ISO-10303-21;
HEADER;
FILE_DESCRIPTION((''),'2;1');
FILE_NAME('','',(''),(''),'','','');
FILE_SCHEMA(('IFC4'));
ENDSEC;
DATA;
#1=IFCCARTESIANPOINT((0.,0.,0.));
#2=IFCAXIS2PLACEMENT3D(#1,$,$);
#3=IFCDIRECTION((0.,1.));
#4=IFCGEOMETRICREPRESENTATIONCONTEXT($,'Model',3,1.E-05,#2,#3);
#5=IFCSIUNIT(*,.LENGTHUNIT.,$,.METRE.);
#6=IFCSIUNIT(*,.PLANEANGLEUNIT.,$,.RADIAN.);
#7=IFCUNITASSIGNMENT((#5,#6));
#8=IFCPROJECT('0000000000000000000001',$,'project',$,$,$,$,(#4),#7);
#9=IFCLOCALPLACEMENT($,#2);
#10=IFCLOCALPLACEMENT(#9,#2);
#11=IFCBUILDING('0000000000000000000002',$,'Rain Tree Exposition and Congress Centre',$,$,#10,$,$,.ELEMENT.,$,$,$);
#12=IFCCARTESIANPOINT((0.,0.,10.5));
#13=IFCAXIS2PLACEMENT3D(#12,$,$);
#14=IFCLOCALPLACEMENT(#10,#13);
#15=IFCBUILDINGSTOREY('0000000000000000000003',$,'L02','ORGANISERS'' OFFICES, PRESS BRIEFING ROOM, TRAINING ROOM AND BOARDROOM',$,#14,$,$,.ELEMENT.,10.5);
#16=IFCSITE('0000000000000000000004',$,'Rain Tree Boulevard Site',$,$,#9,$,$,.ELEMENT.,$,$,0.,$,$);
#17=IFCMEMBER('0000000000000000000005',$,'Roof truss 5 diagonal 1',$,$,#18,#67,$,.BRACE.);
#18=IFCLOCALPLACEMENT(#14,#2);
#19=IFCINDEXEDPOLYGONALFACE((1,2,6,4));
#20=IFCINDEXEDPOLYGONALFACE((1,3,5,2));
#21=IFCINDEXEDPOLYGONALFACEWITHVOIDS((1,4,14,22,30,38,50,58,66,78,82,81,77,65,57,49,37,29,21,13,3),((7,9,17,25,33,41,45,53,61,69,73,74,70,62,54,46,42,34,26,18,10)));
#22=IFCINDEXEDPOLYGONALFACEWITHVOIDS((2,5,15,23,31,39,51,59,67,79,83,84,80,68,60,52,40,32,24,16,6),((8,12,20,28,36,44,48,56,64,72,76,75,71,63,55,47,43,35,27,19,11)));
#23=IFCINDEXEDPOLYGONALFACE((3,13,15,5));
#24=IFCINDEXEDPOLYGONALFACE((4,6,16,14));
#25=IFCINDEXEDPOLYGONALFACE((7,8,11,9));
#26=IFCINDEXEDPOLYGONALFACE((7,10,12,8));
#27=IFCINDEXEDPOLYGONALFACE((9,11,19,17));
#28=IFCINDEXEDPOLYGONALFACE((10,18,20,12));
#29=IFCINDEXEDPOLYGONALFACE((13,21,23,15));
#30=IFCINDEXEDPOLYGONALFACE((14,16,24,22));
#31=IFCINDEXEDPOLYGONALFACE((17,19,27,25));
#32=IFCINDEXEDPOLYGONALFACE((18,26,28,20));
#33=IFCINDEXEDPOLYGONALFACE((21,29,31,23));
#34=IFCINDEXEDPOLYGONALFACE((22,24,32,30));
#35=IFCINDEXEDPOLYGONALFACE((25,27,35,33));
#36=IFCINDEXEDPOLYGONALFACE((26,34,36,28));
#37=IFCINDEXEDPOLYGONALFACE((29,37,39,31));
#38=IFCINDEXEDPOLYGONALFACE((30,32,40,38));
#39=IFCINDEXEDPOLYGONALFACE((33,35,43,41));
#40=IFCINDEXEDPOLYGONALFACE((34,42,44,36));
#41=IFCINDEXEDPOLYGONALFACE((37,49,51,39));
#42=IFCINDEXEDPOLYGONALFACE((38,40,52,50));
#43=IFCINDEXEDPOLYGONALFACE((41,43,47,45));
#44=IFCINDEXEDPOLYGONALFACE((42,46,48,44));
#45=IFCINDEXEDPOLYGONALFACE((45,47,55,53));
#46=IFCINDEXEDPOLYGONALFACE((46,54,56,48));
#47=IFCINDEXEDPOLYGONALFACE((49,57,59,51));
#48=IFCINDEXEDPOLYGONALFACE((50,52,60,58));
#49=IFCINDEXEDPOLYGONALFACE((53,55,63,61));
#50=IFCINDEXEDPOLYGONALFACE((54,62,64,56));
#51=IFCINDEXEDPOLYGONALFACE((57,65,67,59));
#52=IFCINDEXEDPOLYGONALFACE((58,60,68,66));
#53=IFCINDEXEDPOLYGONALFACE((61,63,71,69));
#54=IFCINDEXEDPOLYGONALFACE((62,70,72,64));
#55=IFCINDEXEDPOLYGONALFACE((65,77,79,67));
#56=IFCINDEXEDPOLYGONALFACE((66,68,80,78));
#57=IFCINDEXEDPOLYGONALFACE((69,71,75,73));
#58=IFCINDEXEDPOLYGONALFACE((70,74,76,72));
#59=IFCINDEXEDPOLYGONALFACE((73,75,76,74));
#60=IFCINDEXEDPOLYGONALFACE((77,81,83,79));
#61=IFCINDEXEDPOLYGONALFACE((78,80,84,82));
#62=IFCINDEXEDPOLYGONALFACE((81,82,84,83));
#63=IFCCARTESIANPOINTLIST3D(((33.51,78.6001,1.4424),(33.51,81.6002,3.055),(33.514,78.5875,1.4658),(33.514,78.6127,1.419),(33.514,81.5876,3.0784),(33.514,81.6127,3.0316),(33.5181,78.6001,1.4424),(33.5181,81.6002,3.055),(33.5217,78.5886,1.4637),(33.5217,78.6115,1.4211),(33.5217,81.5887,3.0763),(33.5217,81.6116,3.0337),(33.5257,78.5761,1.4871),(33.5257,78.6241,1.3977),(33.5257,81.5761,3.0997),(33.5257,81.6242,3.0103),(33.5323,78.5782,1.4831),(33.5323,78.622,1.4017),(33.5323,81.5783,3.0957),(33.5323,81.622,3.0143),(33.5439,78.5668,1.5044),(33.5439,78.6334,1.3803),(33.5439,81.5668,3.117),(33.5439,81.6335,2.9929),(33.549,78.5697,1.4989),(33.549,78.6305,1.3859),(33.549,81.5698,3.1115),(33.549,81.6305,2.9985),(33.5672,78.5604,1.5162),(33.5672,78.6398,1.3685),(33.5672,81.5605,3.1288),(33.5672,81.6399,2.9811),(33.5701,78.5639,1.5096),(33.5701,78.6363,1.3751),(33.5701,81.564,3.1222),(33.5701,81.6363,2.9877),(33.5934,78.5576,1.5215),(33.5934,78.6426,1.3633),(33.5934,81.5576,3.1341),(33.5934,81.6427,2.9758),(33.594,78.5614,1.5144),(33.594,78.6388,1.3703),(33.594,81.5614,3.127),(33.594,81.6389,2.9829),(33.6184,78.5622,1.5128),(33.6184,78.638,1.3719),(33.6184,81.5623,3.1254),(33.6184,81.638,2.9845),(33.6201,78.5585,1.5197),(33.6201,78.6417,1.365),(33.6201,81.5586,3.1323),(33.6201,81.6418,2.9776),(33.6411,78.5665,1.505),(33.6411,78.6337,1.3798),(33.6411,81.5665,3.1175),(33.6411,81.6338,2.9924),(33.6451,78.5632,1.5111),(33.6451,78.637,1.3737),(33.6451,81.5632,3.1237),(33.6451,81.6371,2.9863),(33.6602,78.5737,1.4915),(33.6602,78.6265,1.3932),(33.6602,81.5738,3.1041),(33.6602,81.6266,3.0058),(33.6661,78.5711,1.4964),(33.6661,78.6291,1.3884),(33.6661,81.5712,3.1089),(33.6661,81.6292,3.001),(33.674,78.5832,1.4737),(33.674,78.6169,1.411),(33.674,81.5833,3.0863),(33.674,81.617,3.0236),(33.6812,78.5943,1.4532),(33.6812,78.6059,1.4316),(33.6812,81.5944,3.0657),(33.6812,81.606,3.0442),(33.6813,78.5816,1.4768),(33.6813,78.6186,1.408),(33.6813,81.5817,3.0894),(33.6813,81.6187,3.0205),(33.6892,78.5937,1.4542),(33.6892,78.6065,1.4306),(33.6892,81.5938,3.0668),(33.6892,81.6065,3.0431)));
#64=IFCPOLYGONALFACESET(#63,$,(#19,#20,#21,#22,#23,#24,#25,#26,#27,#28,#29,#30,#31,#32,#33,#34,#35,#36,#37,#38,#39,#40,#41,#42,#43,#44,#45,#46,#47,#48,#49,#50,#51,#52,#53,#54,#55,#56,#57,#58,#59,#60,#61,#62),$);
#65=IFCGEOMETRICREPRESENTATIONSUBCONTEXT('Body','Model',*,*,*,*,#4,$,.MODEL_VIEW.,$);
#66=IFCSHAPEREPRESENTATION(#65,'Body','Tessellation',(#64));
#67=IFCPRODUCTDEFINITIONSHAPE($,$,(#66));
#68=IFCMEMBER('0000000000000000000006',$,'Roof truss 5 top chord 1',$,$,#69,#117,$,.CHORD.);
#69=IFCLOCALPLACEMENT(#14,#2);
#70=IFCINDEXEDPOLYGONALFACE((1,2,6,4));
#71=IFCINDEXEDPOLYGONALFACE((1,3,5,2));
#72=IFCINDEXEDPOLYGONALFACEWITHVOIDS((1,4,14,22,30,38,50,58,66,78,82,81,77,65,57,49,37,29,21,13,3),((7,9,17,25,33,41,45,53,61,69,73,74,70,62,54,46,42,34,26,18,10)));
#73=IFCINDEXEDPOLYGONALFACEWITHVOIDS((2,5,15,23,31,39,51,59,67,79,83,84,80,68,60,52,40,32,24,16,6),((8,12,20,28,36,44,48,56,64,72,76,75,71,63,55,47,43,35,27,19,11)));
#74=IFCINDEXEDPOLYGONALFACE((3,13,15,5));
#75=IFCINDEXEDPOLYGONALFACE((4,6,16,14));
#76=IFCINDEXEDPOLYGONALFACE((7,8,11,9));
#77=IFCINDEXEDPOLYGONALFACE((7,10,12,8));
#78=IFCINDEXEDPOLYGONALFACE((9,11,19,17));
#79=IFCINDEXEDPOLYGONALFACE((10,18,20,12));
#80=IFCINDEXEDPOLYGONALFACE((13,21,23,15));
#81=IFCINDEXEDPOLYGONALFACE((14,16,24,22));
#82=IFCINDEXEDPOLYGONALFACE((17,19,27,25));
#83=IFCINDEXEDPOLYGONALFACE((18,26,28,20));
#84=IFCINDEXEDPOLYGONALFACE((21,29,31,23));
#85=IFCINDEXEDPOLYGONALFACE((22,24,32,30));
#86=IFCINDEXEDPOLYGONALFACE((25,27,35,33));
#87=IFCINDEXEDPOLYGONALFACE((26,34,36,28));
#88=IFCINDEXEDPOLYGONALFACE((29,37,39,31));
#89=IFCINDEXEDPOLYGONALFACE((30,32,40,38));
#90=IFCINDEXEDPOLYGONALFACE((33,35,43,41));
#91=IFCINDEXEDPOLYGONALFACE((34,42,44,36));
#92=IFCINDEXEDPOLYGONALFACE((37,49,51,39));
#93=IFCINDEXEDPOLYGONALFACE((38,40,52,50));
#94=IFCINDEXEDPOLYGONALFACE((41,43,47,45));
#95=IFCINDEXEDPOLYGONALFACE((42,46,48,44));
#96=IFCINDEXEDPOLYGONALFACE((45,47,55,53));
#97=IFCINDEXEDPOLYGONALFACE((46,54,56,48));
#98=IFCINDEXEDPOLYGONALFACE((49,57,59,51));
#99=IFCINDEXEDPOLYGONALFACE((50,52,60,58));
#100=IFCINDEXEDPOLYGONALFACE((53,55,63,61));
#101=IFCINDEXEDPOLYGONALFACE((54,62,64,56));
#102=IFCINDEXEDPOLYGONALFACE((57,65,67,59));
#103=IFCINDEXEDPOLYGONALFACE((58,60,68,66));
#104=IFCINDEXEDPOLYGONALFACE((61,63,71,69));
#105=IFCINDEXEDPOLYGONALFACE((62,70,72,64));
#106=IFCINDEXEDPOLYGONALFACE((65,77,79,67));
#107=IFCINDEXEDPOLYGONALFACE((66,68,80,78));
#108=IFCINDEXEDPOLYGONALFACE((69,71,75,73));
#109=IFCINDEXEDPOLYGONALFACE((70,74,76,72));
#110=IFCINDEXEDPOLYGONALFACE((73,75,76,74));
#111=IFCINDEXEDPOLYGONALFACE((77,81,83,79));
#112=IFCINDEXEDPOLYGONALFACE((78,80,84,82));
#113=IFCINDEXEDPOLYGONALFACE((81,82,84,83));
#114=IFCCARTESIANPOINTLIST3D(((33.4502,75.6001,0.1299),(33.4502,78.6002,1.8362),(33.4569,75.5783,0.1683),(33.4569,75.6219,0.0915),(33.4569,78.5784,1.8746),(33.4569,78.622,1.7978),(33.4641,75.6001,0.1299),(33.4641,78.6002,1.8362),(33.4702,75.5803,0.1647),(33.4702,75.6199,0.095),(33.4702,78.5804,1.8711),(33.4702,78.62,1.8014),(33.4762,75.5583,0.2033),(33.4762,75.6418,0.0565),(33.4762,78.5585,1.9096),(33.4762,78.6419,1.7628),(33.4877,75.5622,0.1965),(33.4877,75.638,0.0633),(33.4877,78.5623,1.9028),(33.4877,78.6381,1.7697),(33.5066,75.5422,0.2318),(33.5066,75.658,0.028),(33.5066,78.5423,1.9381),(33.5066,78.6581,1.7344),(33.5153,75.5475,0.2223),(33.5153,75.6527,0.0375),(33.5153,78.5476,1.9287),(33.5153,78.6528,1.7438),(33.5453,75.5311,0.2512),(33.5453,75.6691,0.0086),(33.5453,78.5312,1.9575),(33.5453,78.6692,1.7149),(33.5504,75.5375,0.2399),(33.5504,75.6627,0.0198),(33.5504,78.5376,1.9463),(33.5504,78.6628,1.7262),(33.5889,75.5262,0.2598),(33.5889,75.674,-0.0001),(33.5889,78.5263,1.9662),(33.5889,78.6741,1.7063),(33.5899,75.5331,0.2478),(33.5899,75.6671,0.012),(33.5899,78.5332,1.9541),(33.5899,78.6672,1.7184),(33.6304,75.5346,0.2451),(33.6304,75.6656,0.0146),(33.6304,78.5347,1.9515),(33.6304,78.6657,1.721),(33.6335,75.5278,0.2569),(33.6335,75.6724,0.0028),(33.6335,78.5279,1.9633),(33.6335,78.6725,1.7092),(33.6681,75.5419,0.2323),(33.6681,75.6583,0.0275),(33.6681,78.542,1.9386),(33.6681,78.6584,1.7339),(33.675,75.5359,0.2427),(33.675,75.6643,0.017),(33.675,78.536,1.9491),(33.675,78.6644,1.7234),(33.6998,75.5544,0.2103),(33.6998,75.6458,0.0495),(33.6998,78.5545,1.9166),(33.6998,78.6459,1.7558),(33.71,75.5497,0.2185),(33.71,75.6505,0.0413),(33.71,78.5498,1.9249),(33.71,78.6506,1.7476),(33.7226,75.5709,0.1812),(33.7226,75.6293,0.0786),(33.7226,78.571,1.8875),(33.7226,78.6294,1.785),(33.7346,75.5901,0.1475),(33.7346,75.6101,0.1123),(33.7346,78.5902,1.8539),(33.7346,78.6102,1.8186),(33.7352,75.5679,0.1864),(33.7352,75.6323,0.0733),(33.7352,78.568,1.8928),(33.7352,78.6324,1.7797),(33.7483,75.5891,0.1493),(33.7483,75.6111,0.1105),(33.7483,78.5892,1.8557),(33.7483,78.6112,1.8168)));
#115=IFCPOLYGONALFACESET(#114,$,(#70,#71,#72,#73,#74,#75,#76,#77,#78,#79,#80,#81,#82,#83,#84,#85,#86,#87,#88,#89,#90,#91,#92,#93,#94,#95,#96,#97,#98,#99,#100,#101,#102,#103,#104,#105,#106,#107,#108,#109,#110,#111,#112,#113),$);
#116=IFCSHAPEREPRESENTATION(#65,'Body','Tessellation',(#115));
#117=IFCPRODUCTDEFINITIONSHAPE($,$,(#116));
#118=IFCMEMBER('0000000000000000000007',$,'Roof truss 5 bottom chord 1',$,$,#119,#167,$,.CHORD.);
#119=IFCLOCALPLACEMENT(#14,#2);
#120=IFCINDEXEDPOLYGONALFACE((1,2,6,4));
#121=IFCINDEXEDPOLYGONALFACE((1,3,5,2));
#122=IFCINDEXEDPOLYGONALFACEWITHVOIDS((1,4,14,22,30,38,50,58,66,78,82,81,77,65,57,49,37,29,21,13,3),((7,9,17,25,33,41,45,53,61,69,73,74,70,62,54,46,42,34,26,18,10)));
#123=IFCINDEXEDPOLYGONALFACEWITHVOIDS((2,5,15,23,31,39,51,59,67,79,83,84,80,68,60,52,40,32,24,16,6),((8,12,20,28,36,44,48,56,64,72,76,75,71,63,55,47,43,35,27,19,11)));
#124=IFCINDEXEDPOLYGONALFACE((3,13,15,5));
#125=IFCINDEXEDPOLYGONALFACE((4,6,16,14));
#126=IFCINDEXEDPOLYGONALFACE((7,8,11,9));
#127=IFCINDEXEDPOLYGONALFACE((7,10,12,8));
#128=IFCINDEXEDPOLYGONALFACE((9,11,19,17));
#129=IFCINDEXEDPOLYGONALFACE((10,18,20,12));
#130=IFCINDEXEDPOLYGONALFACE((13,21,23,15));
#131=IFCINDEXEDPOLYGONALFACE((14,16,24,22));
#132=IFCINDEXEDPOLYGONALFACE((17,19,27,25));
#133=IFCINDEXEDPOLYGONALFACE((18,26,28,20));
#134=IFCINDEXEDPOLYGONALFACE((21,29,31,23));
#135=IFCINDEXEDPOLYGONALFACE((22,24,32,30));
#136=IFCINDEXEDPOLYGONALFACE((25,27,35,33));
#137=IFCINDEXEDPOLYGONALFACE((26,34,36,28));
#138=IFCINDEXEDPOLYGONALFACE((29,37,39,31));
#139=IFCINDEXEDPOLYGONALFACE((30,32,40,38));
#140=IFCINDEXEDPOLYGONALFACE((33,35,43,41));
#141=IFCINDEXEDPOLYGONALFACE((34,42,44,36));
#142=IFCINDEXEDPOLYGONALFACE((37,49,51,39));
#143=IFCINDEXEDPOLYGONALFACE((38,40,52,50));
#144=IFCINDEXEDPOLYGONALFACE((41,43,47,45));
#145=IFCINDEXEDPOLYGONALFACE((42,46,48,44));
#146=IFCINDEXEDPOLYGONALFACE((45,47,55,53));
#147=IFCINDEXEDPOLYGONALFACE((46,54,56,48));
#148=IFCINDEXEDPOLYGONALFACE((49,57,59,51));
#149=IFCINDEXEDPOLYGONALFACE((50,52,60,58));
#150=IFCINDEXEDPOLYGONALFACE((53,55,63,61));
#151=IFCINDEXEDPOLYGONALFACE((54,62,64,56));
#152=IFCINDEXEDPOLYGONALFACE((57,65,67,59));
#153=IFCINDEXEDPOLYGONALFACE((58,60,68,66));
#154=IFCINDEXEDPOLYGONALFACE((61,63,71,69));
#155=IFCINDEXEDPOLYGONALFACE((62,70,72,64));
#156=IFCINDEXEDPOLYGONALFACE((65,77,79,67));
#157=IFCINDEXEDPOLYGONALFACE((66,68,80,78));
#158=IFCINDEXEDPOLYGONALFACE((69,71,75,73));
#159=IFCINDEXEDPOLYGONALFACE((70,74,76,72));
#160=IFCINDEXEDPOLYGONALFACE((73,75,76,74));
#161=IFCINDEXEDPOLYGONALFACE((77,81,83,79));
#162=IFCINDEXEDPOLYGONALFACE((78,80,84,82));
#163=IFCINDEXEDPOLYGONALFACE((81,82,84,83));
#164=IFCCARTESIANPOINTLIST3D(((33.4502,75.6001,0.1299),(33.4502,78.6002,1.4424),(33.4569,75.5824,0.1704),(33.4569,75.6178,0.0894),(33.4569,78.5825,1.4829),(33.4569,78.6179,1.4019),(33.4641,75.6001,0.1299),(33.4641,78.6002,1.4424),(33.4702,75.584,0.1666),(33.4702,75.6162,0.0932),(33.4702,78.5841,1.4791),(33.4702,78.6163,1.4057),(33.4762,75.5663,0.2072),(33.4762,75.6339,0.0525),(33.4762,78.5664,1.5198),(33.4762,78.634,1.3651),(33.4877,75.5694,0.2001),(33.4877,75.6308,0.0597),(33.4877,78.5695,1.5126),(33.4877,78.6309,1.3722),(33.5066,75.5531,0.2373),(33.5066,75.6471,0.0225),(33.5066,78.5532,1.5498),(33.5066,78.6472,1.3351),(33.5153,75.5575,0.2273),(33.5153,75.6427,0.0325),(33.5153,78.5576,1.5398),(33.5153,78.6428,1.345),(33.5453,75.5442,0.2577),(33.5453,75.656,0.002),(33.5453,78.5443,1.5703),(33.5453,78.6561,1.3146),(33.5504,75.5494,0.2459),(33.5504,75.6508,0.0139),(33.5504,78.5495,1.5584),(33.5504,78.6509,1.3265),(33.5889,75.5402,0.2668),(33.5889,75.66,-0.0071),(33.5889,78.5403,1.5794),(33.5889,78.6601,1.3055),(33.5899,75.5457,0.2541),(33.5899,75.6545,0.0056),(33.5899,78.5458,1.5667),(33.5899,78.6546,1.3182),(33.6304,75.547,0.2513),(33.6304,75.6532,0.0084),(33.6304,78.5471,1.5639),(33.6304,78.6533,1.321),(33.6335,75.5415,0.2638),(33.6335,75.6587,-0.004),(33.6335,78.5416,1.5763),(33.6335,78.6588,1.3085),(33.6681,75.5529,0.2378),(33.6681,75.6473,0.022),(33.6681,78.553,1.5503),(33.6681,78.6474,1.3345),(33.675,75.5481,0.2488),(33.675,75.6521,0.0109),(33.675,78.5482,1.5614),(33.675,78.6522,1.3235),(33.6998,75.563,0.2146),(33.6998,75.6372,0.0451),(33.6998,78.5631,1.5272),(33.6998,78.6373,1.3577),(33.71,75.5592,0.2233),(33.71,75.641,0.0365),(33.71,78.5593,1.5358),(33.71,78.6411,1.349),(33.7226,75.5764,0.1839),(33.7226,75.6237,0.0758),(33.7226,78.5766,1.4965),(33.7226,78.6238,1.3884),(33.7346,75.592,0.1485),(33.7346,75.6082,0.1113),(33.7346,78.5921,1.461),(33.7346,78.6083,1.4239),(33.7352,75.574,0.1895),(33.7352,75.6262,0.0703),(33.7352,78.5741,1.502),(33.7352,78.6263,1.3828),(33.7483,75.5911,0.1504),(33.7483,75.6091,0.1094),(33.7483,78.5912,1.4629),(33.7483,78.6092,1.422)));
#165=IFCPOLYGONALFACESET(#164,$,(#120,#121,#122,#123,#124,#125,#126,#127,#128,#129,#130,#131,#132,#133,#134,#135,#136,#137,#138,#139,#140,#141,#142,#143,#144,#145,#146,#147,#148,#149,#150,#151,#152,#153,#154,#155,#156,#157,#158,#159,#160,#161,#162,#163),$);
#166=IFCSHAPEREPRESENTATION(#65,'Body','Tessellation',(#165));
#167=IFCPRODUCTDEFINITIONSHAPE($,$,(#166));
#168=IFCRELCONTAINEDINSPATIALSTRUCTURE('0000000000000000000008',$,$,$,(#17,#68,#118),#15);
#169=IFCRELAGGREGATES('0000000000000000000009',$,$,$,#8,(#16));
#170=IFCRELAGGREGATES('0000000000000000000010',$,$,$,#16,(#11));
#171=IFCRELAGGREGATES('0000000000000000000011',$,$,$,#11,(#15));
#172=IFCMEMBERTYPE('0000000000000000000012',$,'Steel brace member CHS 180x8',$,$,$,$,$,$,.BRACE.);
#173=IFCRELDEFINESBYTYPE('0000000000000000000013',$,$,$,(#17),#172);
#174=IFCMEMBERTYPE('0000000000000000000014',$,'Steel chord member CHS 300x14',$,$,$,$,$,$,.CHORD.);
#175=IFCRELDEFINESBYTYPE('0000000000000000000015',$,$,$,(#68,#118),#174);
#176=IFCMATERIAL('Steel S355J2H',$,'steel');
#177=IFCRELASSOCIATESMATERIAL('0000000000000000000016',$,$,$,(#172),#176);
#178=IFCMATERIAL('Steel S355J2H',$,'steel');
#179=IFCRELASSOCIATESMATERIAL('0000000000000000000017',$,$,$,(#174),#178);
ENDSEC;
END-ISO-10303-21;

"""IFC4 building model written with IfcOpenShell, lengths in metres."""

from ifc_helpers import new_model, si_unit, direction, frame, origin, origin_2d, place, context, subcontext, project, spatial, hollow_circle, extrude, material, material_profile, profile_set, type_object, element, save


model = new_model("IFC4")

# Units and contexts
model_context = context("Model", 3, precision=1e-05, world=origin(), true_north=direction((0.0, 1.0)))
body_context = subcontext(model_context, "Body", "Model", "MODEL_VIEW")
ifc_project = project(units=[si_unit("LENGTHUNIT", "METRE"), si_unit("PLANEANGLEUNIT", "RADIAN")], contexts=[model_context])

# Site, building, storey
site_placement = place(None, origin())
site = spatial("IfcSite", under=ifc_project, at=site_placement, Name="Rain Tree Boulevard Site", CompositionType="ELEMENT", RefElevation=0.0)
building_placement = place(site_placement, origin())
building = spatial("IfcBuilding", under=site, at=building_placement, Name="Rain Tree Exposition and Congress Centre", CompositionType="ELEMENT")
storey_placement = place(building_placement, frame((0.0, 0.0, 10.5)))
storey = spatial("IfcBuildingStorey", under=building, at=storey_placement, Name="L02", Description="ORGANISERS' OFFICES, PRESS BRIEFING ROOM, TRAINING ROOM AND BOARDROOM", CompositionType="ELEMENT", Elevation=10.5)

# Members
ifc_material_1 = material(Name="Steel S355J2H", Category="steel")
ifc_material_profile_1 = material_profile(ifc_material_1, hollow_circle(Radius=0.0901, WallThickness=0.0081, at=origin_2d()), Name="CHS 180x8")
ifc_profile_set_1 = profile_set([ifc_material_profile_1], Name="Steel S355J2H")
member_type_1 = type_object("IfcMemberType", Name="Steel brace member CHS 180x8", PredefinedType="BRACE", material=ifc_profile_set_1)
member_1_placement = place(storey_placement, frame((33.6001, 78.6001, 1.4424), z_axis=(0.0, 0.880818, 0.473454), x_axis=(-1.0, 0.0, 0.0)))
element("IfcMember", 1, at=member_1_placement, inside=storey, type_object=member_type_1, Name="Roof truss 5 diagonal 1", PredefinedType="BRACE", context=body_context, shape_type="SweptSolid", body=[
    extrude(hollow_circle(Radius=0.0901, WallThickness=0.0081, at=origin_2d()), origin(), (0.0, 0.0, 1.0), 3.406),
])
ifc_material_2 = material(Name="Steel S355J2H", Category="steel")
ifc_material_profile_2 = material_profile(ifc_material_2, hollow_circle(Radius=0.1499, WallThickness=0.0139, at=origin_2d()), Name="CHS 300x14")
ifc_profile_set_2 = profile_set([ifc_material_profile_2], Name="Steel S355J2H")
member_type_2 = type_object("IfcMemberType", Name="Steel chord member CHS 300x14", PredefinedType="CHORD", material=ifc_profile_set_2)
member_2_placement = place(storey_placement, frame((33.6001, 75.6001, 0.1299), z_axis=(0.0, 0.869238, 0.494393), x_axis=(-1.0, 0.0, 0.0)))
element("IfcMember", 2, at=member_2_placement, inside=storey, type_object=member_type_2, Name="Roof truss 5 top chord 1", PredefinedType="CHORD", context=body_context, shape_type="SweptSolid", body=[
    extrude(hollow_circle(Radius=0.1499, WallThickness=0.0139, at=origin_2d()), origin(), (0.0, 0.0, 1.0), 3.4514),
])
member_3_placement = place(storey_placement, frame((33.6001, 75.6001, 0.1299), z_axis=(0.0, 0.916157, 0.400819), x_axis=(-1.0, 0.0, 0.0)))
element("IfcMember", 3, at=member_3_placement, inside=storey, type_object=member_type_2, Name="Roof truss 5 bottom chord 1", PredefinedType="CHORD", context=body_context, shape_type="SweptSolid", body=[
    extrude(hollow_circle(Radius=0.1499, WallThickness=0.0139, at=origin_2d()), origin(), (0.0, 0.0, 1.0), 3.2747),
])

save(model, "model.ifc")
